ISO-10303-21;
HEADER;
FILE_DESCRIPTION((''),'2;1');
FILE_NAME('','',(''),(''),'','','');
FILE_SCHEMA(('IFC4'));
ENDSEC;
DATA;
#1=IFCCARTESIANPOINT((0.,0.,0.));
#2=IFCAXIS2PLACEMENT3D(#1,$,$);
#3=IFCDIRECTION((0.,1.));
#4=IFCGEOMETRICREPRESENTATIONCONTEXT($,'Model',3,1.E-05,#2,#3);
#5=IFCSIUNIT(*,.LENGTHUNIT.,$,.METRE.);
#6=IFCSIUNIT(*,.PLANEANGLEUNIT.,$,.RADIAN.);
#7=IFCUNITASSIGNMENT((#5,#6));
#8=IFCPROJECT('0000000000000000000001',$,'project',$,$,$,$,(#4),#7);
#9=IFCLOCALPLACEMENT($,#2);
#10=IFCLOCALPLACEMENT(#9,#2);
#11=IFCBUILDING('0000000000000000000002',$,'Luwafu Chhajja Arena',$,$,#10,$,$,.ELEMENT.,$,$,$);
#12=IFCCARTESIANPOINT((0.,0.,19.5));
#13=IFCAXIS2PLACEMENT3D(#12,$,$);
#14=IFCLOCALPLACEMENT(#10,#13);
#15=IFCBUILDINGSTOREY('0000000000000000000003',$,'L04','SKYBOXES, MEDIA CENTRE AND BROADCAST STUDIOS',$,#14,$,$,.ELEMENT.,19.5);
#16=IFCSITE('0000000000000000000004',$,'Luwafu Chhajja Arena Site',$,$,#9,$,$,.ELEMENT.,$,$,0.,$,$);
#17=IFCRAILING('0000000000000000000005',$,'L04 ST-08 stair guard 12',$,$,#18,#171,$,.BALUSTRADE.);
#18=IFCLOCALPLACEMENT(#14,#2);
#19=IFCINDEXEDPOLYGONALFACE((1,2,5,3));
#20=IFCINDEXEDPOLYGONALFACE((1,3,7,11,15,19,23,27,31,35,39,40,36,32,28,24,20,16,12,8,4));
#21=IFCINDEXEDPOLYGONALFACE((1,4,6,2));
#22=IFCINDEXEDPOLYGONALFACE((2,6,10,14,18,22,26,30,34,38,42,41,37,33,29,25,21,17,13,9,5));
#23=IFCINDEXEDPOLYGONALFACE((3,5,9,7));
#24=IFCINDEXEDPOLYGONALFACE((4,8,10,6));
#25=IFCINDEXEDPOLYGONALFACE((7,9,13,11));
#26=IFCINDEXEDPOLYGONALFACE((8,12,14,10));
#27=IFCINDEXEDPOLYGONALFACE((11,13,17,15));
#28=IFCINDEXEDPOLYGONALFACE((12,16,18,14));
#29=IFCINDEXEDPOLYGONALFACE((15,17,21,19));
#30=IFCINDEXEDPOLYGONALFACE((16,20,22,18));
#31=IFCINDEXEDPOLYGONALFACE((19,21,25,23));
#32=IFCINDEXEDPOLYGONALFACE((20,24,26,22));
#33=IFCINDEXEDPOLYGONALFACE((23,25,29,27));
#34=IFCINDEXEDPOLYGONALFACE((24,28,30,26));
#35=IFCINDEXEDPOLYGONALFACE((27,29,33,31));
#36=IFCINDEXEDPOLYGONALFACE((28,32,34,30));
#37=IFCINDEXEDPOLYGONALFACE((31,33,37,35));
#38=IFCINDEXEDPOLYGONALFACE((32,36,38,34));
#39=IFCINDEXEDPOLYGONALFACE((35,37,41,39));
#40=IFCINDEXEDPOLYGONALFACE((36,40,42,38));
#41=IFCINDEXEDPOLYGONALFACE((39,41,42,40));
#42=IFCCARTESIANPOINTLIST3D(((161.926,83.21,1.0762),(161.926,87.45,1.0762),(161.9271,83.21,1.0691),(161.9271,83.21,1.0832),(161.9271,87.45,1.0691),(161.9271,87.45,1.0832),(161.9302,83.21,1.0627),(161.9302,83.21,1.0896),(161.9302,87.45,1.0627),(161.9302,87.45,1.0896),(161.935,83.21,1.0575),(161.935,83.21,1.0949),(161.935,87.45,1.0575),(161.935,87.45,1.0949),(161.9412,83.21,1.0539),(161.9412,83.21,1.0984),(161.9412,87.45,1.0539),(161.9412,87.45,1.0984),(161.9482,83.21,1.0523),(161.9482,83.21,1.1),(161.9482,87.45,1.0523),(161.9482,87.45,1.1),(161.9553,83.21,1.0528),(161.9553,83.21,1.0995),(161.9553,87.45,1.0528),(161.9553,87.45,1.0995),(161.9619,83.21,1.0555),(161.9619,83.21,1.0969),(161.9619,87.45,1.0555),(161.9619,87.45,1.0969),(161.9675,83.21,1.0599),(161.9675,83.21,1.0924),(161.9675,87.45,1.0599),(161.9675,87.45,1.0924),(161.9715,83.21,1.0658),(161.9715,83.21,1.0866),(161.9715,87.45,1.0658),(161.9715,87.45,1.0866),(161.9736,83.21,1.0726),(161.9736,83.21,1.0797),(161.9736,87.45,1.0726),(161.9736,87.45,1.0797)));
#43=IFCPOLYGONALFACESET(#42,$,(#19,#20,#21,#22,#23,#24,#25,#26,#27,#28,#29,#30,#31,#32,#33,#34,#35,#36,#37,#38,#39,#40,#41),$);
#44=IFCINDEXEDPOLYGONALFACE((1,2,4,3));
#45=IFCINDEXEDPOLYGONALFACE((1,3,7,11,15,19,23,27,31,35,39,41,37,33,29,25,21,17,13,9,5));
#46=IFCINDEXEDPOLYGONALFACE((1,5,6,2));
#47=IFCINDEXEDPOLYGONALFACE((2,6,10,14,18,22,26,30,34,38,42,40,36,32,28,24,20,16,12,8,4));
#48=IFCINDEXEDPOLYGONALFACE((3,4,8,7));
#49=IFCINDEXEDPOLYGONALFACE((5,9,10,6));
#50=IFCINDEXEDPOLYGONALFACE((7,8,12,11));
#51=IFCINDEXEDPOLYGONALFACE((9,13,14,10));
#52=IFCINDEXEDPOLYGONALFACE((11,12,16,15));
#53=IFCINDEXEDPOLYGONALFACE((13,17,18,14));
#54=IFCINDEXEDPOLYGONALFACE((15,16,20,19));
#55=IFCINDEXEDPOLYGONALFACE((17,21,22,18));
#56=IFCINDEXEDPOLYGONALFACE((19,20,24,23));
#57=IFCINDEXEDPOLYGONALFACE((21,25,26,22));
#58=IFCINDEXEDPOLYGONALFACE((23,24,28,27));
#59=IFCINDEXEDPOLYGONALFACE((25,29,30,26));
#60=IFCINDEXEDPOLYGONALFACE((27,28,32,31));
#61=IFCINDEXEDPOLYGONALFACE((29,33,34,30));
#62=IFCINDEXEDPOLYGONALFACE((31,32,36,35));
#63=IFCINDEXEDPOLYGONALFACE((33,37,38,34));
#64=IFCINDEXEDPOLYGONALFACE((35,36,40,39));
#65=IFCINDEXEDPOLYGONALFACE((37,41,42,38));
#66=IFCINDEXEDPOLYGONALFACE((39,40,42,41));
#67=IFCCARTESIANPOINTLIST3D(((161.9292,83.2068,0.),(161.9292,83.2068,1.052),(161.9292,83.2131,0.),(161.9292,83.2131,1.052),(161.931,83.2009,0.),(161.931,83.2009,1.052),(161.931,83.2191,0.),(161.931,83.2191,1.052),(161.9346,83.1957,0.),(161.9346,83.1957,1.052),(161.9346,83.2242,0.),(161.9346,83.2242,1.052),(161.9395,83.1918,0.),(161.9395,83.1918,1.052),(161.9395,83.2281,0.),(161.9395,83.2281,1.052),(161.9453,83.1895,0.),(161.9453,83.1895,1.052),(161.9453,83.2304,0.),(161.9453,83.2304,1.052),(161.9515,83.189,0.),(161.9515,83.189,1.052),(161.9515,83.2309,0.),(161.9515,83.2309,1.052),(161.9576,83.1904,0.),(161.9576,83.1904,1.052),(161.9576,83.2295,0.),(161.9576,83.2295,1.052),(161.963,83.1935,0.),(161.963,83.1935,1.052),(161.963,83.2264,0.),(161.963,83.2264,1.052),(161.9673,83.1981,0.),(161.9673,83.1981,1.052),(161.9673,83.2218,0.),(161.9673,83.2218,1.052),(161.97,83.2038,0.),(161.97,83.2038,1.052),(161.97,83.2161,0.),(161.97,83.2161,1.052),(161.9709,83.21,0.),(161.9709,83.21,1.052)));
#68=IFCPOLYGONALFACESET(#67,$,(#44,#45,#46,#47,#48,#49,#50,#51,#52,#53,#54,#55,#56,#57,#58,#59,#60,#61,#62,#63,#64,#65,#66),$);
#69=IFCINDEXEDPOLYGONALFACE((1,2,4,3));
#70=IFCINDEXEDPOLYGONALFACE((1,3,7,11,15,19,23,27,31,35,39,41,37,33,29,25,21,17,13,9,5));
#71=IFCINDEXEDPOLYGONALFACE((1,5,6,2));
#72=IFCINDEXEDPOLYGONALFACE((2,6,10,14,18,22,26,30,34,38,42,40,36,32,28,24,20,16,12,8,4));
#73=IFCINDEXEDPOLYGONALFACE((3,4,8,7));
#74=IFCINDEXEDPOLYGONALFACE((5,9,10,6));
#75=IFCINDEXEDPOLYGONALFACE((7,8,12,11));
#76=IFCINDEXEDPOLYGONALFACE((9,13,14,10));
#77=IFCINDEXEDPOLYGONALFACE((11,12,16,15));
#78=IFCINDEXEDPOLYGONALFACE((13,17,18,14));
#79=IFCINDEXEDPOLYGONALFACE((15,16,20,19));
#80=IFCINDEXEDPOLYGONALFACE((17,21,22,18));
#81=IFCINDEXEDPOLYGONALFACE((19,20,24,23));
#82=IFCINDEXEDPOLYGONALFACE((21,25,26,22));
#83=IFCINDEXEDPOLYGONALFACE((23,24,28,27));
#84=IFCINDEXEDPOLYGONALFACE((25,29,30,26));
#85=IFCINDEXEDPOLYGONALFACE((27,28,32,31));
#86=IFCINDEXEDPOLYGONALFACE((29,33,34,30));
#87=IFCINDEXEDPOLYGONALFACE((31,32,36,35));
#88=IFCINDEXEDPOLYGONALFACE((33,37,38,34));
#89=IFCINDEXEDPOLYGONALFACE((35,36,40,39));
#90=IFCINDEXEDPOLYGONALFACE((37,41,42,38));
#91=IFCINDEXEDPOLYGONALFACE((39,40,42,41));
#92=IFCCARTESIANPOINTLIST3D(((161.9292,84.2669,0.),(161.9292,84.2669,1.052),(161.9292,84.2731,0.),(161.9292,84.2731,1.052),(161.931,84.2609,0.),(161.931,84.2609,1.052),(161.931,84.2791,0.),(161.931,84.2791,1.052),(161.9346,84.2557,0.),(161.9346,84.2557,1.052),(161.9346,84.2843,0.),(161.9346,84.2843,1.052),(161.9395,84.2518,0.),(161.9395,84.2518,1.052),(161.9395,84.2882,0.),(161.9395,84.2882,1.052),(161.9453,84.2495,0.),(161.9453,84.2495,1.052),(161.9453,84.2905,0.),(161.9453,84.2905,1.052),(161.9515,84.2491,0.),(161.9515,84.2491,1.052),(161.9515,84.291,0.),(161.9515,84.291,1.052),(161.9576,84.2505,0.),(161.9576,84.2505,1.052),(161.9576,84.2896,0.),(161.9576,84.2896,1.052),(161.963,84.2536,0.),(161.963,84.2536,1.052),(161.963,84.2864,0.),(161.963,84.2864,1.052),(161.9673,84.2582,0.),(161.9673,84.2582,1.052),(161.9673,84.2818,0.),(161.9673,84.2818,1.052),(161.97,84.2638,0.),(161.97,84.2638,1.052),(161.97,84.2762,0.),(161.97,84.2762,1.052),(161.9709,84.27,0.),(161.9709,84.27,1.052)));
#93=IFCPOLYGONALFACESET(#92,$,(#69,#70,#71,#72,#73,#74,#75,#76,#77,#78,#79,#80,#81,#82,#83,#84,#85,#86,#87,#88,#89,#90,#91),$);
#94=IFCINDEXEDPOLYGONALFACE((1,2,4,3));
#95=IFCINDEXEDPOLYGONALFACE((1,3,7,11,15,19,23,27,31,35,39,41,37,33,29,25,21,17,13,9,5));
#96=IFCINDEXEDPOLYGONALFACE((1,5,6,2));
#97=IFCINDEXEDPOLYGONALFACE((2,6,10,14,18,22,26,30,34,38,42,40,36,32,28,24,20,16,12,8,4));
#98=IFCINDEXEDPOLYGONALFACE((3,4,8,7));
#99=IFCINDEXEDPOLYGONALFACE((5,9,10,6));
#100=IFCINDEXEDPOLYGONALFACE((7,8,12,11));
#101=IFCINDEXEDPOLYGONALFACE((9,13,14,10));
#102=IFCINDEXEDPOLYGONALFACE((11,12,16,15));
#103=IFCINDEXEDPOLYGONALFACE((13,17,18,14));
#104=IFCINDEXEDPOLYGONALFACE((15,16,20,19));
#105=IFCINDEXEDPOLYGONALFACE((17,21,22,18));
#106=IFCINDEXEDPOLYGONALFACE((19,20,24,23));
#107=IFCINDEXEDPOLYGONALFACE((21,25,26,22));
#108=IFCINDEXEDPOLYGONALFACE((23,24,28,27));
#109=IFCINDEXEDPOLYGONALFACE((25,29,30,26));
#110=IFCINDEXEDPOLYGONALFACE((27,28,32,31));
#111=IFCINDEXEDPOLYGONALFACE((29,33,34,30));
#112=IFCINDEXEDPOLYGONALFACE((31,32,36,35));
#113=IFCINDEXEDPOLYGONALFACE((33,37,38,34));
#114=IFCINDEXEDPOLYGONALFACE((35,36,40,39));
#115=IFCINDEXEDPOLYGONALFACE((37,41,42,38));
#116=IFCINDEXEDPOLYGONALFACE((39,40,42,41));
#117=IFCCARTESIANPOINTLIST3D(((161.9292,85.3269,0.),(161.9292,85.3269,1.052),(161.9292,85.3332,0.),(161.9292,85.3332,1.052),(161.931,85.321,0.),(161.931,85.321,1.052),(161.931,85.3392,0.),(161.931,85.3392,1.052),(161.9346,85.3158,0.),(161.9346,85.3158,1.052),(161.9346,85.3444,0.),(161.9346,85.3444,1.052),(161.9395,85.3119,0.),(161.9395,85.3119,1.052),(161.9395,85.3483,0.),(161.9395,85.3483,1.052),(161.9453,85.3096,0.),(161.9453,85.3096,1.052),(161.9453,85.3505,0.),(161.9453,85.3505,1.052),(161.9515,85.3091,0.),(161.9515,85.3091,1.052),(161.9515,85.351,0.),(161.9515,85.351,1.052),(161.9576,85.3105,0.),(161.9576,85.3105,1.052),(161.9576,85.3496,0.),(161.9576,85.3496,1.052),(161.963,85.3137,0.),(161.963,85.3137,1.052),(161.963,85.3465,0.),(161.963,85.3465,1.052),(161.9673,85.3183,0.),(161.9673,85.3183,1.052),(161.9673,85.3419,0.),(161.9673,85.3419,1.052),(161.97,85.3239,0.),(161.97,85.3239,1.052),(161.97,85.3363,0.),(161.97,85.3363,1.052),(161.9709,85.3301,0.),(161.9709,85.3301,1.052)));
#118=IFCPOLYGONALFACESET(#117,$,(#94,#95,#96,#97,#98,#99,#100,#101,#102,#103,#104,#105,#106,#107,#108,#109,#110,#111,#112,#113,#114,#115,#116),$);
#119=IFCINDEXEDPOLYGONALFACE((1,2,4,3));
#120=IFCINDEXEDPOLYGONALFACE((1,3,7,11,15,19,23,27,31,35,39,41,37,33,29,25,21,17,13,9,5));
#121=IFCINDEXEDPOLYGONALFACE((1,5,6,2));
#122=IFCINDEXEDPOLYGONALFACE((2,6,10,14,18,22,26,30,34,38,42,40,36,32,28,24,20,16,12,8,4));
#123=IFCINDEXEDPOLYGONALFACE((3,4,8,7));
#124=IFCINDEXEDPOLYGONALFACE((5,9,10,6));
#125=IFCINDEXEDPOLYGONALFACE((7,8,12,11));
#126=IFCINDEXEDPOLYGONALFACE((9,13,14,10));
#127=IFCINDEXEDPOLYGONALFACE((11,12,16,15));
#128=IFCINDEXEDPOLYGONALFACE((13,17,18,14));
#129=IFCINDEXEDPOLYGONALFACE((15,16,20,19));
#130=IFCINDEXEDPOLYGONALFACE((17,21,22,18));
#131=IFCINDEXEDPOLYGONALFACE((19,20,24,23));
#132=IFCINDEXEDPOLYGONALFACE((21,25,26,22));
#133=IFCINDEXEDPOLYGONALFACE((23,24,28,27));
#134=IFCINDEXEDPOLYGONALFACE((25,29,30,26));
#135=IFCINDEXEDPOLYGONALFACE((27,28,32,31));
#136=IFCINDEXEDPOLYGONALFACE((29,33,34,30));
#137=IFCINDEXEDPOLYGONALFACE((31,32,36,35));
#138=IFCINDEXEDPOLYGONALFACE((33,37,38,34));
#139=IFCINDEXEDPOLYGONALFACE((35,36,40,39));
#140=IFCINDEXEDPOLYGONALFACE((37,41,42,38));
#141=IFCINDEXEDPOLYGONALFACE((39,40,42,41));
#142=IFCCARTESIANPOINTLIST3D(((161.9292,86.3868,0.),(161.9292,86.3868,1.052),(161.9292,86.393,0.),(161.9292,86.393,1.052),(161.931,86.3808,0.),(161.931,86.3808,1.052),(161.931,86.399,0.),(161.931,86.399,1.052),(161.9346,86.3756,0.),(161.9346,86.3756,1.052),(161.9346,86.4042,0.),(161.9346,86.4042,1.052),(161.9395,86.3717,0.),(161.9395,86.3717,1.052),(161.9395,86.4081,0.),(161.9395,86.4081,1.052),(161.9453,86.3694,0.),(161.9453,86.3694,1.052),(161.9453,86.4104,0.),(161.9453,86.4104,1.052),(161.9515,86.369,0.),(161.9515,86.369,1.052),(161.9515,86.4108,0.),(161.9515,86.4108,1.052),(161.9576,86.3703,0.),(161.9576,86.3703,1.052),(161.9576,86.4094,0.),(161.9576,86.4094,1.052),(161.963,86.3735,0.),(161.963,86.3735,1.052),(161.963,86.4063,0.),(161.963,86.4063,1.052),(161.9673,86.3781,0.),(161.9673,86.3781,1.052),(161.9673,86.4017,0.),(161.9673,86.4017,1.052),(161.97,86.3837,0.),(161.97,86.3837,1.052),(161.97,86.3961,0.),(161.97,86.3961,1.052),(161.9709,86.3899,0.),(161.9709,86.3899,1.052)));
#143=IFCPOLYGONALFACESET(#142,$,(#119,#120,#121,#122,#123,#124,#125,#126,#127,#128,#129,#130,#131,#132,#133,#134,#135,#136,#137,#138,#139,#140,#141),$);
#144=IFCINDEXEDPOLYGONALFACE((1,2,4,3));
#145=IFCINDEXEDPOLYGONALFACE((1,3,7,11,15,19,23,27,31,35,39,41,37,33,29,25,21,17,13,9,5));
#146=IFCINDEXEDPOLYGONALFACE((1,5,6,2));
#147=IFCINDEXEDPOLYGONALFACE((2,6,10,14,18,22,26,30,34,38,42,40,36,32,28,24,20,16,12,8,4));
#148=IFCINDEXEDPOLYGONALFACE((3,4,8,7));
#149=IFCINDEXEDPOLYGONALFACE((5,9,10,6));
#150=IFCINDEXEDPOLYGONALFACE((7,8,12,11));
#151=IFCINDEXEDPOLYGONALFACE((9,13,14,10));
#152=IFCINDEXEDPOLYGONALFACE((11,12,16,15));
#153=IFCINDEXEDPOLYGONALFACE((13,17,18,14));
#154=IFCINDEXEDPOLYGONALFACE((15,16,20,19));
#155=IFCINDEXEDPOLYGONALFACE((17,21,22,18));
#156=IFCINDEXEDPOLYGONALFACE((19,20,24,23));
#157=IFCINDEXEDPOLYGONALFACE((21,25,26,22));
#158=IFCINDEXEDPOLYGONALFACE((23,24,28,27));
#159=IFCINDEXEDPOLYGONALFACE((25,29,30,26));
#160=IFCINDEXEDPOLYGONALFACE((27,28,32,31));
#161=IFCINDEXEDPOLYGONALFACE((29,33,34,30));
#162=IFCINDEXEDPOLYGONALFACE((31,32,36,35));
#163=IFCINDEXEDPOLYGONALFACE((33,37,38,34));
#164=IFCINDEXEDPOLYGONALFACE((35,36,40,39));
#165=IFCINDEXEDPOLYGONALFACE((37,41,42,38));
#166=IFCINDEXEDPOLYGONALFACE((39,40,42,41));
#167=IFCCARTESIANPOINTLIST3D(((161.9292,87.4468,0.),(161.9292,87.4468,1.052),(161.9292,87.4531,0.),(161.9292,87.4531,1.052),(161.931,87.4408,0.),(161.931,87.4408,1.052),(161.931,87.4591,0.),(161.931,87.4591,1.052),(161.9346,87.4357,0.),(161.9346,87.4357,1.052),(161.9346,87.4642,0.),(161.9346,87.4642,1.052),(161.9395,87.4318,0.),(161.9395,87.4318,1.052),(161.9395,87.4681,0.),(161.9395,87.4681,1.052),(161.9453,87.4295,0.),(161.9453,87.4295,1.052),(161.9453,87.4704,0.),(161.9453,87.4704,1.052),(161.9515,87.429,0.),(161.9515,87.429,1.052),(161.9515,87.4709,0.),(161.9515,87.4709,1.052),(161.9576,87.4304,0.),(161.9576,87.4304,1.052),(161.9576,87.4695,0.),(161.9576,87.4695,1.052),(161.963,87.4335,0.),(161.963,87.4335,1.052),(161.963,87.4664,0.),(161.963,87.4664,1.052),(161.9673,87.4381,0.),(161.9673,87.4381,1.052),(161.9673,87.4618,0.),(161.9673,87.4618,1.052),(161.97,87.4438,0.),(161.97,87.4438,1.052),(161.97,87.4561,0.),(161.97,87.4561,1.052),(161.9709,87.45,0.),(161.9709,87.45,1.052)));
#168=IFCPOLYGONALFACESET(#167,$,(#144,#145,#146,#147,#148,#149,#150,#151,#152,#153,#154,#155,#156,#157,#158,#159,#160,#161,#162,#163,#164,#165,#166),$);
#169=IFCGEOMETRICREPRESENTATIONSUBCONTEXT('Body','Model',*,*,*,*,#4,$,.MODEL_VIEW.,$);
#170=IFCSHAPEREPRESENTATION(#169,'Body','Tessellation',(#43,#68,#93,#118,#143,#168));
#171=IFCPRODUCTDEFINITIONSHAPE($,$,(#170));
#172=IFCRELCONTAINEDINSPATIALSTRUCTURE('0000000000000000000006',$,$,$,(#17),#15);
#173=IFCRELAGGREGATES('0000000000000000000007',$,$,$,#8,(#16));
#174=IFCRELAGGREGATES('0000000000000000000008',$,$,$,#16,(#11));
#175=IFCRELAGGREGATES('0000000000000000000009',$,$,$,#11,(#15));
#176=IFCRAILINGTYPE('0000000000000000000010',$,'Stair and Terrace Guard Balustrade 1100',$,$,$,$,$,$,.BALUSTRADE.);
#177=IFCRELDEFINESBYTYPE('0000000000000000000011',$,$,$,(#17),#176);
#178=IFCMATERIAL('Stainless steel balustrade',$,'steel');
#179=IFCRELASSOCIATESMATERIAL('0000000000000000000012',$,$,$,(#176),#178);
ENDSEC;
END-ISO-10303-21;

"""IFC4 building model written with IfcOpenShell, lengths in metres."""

from ifc_helpers import new_model, si_unit, direction, frame, origin, origin_2d, place, context, subcontext, project, spatial, circle, extrude, material, type_object, element, save


model = new_model("IFC4")

# Units and contexts
model_context = context("Model", 3, precision=1e-05, world=origin(), true_north=direction((0.0, 1.0)))
body_context = subcontext(model_context, "Body", "Model", "MODEL_VIEW")
ifc_project = project(units=[si_unit("LENGTHUNIT", "METRE"), si_unit("PLANEANGLEUNIT", "RADIAN")], contexts=[model_context])

# Site, building, storey
site_placement = place(None, origin())
site = spatial("IfcSite", under=ifc_project, at=site_placement, Name="Luwafu Chhajja Arena Site", CompositionType="ELEMENT", RefElevation=0.0)
building_placement = place(site_placement, origin())
building = spatial("IfcBuilding", under=site, at=building_placement, Name="Luwafu Chhajja Arena", CompositionType="ELEMENT")
storey_placement = place(building_placement, frame((0.0, 0.0, 19.5)))
storey = spatial("IfcBuildingStorey", under=building, at=storey_placement, Name="L04", Description="SKYBOXES, MEDIA CENTRE AND BROADCAST STUDIOS", CompositionType="ELEMENT", Elevation=19.5)

# Railing
ifc_material_1 = material(Name="Stainless steel balustrade", Category="steel")
railing_type_1 = type_object("IfcRailingType", Name="Stair and Terrace Guard Balustrade 1100", PredefinedType="BALUSTRADE", material=ifc_material_1)
railing_1_placement = place(storey_placement, frame((161.95, 83.21, 0.0)))
element("IfcRailing", 1, at=railing_1_placement, inside=storey, type_object=railing_type_1, Name="L04 ST-08 stair guard 12", PredefinedType="BALUSTRADE", context=body_context, shape_type="SweptSolid", body=[
    extrude(circle(Radius=0.0239, at=origin_2d()), frame((0.0, 0.0, 1.0762), z_axis=(0.0, 1.0, 0.0), x_axis=(-1.0, 0.0, 0.0)), (0.0, 0.0, 1.0), 4.24),
    extrude(circle(Radius=0.021, at=origin_2d()), origin(), (0.0, 0.0, 1.0), 1.052),
    extrude(circle(Radius=0.021, at=origin_2d()), frame((0.0, 1.0601, 0.0)), (0.0, 0.0, 1.0), 1.052),
    extrude(circle(Radius=0.021, at=origin_2d()), frame((0.0, 2.1201, 0.0)), (0.0, 0.0, 1.0), 1.052),
    extrude(circle(Radius=0.021, at=origin_2d()), frame((0.0, 3.1799, 0.0)), (0.0, 0.0, 1.0), 1.052),
    extrude(circle(Radius=0.021, at=origin_2d()), frame((0.0, 4.24, 0.0)), (0.0, 0.0, 1.0), 1.052),
])

save(model, "model.ifc")
